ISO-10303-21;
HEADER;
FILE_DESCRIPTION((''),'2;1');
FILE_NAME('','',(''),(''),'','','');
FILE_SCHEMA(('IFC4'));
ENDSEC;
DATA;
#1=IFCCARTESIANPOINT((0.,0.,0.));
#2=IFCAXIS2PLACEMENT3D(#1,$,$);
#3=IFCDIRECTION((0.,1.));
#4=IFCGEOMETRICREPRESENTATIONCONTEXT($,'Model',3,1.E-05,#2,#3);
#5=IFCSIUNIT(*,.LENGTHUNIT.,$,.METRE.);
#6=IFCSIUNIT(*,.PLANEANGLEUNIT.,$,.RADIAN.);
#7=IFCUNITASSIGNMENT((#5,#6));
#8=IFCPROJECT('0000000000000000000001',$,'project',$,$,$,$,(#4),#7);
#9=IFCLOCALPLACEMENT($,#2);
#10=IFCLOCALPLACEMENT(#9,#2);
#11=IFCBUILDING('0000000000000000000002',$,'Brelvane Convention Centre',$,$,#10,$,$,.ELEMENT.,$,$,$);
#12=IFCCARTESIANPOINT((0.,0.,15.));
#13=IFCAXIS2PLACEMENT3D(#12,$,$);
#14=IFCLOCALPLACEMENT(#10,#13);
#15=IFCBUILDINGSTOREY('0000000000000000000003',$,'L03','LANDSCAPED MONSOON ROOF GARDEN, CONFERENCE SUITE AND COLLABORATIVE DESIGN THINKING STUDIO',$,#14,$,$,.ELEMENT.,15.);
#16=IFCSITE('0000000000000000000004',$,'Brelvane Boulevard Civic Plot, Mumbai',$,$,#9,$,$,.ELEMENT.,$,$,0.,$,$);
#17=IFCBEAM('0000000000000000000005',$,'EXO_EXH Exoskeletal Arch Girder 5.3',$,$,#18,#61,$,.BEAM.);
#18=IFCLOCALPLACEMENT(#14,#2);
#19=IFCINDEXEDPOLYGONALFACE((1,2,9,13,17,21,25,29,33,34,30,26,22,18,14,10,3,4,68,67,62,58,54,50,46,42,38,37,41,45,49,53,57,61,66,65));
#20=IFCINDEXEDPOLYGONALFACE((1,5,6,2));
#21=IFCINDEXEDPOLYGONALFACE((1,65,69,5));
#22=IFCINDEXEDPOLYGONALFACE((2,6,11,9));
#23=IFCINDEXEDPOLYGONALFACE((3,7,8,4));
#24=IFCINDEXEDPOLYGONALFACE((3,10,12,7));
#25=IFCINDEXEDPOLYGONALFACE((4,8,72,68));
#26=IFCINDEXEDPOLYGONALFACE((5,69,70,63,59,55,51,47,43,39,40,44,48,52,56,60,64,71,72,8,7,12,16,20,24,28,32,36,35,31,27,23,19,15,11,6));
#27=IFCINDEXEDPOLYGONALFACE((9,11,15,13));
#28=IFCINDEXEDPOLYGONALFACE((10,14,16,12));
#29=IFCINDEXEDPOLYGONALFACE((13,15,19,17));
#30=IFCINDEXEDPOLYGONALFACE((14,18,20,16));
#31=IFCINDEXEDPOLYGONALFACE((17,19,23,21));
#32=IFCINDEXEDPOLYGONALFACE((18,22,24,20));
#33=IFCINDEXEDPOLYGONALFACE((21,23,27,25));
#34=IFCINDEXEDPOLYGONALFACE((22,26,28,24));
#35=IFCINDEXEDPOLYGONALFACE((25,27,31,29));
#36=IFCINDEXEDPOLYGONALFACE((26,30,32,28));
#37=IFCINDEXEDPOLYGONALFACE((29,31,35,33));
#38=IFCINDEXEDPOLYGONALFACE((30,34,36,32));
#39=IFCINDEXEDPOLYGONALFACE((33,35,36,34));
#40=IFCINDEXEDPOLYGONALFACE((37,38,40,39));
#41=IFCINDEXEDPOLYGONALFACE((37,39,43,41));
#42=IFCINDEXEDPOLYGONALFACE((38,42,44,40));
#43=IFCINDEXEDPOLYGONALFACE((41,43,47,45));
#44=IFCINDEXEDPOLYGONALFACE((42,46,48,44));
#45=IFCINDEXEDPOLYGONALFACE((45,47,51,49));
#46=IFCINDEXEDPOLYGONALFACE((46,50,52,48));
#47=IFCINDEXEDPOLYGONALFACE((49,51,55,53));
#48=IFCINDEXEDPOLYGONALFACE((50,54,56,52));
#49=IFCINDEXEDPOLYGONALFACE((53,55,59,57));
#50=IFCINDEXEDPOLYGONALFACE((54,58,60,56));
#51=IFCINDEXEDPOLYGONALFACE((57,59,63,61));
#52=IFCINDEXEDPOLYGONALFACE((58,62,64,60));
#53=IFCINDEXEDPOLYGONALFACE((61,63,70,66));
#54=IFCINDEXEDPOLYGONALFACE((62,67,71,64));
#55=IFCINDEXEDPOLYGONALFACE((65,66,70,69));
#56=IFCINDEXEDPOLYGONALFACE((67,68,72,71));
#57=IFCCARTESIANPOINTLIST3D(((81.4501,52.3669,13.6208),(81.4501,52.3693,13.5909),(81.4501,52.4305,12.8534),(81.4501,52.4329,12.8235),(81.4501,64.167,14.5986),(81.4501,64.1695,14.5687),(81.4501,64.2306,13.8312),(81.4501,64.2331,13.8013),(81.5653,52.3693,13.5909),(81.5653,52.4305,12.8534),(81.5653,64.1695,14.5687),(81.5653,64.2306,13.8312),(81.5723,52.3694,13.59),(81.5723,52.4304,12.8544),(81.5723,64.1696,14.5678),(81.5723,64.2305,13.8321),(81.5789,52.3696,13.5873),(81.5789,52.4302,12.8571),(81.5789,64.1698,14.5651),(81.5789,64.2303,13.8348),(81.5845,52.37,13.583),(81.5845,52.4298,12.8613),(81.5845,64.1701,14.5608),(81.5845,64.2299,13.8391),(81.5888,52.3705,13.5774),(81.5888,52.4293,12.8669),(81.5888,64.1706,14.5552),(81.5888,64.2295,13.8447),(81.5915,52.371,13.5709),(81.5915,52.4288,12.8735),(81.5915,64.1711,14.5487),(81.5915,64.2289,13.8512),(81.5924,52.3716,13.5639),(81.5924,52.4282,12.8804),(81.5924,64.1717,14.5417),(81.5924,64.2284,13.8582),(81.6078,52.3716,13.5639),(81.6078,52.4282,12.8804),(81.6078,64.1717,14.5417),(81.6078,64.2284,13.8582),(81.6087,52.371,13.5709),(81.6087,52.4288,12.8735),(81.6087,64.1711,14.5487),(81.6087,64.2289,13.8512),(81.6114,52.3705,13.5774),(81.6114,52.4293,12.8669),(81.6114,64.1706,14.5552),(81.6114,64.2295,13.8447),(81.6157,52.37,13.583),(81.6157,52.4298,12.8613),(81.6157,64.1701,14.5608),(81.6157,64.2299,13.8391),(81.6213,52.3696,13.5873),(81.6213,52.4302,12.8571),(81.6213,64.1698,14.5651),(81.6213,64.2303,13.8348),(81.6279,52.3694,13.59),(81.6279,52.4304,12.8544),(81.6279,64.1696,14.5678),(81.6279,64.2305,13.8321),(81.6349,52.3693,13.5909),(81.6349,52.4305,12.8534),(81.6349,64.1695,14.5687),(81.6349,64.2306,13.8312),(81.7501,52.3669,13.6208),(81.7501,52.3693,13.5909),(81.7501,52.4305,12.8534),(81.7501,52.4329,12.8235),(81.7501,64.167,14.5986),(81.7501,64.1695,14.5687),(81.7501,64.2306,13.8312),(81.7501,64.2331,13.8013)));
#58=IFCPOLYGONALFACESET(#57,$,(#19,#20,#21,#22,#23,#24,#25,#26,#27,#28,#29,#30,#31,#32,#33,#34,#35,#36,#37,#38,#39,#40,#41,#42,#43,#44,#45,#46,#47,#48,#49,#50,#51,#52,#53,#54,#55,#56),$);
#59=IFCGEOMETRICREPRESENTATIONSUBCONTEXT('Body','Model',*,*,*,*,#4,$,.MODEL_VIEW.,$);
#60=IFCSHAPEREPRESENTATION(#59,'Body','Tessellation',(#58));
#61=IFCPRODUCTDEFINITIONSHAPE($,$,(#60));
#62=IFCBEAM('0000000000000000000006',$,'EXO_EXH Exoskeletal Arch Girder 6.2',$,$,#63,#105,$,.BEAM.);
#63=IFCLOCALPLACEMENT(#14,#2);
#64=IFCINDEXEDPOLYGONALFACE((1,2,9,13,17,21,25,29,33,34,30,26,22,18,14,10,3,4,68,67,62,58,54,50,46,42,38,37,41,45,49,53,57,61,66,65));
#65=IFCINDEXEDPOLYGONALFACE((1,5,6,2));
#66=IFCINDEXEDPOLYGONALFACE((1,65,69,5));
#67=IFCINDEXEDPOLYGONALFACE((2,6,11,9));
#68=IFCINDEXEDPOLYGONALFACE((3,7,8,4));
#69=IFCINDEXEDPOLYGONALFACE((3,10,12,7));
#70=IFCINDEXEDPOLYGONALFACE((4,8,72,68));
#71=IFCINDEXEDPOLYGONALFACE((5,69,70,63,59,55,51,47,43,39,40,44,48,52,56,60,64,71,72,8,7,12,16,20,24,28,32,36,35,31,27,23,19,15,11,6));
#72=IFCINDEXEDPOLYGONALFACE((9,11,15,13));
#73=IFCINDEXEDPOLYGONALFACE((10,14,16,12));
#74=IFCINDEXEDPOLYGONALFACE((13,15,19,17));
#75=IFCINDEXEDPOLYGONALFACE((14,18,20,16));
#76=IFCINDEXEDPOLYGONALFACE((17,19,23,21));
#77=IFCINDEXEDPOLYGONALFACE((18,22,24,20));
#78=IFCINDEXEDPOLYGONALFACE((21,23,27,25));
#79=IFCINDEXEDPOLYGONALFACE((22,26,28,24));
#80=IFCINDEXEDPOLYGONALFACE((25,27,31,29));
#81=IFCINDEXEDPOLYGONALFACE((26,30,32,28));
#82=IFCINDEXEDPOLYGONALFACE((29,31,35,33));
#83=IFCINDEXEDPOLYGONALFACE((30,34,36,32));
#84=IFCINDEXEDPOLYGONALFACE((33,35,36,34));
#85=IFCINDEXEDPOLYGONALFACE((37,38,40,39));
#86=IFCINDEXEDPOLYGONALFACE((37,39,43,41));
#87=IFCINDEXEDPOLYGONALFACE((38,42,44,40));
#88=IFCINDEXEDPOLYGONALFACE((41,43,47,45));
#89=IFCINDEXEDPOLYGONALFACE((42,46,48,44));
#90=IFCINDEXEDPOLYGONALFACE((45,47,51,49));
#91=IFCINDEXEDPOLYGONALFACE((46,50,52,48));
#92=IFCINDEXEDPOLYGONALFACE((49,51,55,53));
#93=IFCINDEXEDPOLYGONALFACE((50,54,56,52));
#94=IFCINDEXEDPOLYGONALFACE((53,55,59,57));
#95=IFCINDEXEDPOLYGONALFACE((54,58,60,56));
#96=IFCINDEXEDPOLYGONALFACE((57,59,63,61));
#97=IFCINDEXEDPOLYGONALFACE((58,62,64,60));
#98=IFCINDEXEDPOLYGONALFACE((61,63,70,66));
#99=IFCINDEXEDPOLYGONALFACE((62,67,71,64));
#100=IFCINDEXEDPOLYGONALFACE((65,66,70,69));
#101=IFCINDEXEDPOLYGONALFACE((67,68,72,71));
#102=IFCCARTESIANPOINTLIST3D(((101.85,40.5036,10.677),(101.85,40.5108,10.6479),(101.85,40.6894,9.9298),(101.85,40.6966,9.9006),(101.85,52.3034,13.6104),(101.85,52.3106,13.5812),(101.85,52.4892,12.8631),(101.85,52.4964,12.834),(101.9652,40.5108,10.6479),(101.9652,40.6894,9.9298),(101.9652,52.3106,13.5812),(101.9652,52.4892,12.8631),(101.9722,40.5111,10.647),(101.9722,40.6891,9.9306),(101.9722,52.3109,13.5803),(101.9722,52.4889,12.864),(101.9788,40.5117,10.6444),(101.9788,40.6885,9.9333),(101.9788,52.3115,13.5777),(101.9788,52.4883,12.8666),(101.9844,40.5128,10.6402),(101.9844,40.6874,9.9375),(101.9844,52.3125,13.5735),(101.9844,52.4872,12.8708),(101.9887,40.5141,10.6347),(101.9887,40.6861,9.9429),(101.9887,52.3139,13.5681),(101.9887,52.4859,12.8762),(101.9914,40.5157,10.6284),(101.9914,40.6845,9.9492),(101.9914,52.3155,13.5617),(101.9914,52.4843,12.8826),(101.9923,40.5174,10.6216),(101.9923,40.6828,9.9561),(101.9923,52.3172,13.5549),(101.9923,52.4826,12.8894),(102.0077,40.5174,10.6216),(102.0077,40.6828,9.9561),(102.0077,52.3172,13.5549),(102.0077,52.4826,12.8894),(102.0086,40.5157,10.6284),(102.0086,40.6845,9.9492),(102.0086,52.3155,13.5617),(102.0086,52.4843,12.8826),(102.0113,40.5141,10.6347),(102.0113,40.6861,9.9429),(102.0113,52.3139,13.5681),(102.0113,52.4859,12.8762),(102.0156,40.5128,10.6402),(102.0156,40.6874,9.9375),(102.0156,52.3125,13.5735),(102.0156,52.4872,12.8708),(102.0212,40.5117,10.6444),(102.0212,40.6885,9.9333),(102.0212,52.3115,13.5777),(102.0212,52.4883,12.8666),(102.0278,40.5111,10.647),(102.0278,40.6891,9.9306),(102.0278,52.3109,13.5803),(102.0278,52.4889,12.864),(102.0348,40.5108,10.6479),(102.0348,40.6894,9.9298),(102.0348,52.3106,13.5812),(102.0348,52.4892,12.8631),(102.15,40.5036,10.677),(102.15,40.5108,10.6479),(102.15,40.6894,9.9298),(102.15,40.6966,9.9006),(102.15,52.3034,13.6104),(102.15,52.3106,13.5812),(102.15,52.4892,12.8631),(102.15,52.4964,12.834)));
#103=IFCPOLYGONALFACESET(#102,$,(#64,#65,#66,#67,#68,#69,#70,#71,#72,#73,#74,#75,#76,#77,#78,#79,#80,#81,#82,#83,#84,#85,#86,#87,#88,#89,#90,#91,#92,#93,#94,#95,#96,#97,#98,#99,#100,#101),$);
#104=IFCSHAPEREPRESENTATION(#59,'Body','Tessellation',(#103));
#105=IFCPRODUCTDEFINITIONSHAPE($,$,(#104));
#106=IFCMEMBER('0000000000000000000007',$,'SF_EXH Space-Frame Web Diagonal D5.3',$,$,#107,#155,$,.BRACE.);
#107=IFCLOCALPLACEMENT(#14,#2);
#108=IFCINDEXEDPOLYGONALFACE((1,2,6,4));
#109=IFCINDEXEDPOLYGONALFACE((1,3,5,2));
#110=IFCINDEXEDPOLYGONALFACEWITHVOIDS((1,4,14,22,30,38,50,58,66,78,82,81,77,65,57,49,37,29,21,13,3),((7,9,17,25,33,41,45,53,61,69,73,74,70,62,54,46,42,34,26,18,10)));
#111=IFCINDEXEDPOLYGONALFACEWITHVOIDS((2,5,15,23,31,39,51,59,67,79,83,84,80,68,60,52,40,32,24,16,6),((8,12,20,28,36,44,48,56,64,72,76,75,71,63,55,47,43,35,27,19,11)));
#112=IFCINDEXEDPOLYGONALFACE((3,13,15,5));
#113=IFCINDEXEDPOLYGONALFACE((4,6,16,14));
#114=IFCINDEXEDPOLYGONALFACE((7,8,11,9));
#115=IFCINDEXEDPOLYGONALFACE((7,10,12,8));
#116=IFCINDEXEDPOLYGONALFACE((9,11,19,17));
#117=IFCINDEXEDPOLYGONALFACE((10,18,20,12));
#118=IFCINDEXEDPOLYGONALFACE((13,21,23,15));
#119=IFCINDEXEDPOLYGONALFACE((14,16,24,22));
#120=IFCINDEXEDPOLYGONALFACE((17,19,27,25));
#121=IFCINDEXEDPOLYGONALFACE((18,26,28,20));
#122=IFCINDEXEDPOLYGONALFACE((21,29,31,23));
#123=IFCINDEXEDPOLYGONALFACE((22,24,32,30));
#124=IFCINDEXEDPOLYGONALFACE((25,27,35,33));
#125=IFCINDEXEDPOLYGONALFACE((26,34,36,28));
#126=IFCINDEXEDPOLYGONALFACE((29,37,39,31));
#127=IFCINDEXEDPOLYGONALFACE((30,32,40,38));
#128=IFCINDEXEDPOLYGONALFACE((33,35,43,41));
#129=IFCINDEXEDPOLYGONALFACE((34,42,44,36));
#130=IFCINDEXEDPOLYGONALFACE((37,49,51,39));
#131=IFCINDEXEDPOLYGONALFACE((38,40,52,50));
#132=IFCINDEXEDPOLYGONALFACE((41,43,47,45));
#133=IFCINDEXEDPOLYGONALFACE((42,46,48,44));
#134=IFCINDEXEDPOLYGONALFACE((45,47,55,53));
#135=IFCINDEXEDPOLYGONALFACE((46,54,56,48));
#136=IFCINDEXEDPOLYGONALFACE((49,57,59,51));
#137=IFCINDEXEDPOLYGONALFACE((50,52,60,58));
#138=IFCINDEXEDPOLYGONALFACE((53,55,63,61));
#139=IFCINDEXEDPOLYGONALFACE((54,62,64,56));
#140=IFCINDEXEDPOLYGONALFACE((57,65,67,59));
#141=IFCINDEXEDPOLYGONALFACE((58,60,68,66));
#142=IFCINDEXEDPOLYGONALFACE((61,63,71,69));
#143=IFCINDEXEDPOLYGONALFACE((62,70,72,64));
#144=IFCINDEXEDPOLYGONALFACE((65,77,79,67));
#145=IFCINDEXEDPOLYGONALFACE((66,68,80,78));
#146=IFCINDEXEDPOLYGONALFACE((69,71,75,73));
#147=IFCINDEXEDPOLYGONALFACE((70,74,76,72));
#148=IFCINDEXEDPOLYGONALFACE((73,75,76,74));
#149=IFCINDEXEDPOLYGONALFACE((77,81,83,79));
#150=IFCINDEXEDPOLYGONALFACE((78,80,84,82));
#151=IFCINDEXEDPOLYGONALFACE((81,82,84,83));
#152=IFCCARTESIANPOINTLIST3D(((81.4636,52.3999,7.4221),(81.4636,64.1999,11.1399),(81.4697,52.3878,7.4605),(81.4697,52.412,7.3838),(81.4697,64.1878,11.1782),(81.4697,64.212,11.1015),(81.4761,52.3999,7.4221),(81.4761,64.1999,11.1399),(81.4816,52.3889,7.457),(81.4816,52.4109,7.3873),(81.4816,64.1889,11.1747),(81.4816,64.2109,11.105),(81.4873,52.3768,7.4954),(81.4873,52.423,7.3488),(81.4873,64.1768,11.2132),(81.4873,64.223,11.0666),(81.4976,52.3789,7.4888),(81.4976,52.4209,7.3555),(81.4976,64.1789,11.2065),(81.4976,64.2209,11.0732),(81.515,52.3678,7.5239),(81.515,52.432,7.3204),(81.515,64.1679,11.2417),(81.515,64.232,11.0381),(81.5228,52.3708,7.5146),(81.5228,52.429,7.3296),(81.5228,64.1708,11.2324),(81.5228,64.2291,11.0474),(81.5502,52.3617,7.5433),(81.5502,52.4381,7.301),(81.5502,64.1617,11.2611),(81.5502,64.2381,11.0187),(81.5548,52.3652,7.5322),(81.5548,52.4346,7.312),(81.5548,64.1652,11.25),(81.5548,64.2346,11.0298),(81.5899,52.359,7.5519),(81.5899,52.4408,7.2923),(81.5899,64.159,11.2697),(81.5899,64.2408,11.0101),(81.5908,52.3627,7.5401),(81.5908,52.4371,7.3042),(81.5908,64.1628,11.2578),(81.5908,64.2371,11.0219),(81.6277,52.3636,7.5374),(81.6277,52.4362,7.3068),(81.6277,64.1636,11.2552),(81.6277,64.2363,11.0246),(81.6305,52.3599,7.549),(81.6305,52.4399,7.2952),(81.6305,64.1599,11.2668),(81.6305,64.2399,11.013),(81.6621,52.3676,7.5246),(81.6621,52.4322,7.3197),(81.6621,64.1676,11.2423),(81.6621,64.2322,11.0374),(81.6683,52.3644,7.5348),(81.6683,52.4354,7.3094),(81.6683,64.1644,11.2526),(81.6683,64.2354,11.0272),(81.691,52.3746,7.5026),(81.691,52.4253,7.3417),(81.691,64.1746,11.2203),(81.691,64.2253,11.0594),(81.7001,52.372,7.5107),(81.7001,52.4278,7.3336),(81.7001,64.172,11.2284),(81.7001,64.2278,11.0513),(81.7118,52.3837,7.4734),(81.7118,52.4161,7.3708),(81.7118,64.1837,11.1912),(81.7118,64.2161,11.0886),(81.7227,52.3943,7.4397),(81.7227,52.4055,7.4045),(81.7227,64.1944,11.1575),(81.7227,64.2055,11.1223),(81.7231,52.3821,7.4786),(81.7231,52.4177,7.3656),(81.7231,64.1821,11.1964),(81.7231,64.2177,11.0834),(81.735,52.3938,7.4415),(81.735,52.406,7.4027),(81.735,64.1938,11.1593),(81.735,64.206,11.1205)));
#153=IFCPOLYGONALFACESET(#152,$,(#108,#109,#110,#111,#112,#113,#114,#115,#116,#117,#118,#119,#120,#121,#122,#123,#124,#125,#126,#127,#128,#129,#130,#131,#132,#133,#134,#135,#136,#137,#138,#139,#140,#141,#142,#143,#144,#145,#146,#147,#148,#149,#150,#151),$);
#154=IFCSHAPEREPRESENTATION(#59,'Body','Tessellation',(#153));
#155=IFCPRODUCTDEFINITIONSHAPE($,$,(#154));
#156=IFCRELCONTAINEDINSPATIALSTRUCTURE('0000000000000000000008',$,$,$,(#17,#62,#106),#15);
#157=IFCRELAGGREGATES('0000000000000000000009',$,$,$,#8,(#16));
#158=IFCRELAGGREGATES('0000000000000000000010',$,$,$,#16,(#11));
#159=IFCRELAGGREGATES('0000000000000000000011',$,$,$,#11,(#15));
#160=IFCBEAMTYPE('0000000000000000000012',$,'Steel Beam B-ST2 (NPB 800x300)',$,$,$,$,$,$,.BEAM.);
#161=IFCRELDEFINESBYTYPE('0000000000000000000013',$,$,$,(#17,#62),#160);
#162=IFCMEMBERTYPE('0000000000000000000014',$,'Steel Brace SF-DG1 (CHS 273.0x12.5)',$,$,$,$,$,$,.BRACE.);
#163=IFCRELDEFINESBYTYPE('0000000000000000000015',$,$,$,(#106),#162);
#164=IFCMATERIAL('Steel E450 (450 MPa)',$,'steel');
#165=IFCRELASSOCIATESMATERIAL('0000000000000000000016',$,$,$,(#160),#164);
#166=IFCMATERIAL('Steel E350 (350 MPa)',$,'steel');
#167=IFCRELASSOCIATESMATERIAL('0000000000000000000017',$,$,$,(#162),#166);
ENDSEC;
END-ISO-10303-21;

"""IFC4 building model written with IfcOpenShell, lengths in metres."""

from ifc_helpers import new_model, si_unit, direction, frame, origin, origin_2d, place, context, subcontext, project, spatial, hollow_circle, i_section, extrude, material, material_profile, profile_set, type_object, element, save


model = new_model("IFC4")

# Units and contexts
model_context = context("Model", 3, precision=1e-05, world=origin(), true_north=direction((0.0, 1.0)))
body_context = subcontext(model_context, "Body", "Model", "MODEL_VIEW")
ifc_project = project(units=[si_unit("LENGTHUNIT", "METRE"), si_unit("PLANEANGLEUNIT", "RADIAN")], contexts=[model_context])

# Site, building, storey
site_placement = place(None, origin())
site = spatial("IfcSite", under=ifc_project, at=site_placement, Name="Brelvane Boulevard Civic Plot, Mumbai", CompositionType="ELEMENT", RefElevation=0.0)
building_placement = place(site_placement, origin())
building = spatial("IfcBuilding", under=site, at=building_placement, Name="Brelvane Convention Centre", CompositionType="ELEMENT")
storey_placement = place(building_placement, frame((0.0, 0.0, 15.0)))
storey = spatial("IfcBuildingStorey", under=building, at=storey_placement, Name="L03", Description="LANDSCAPED MONSOON ROOF GARDEN, CONFERENCE SUITE AND COLLABORATIVE DESIGN THINKING STUDIO", CompositionType="ELEMENT", Elevation=15.0)

# Beams
ifc_material_1 = material(Name="Steel E450 (450 MPa)", Category="steel")
ifc_material_profile_1 = material_profile(ifc_material_1, i_section(OverallWidth=0.3, OverallDepth=0.8, WebThickness=0.0154, FlangeThickness=0.03, FilletRadius=0.0271, at=origin_2d()), Name="NPB 800x300")
ifc_profile_set_1 = profile_set([ifc_material_profile_1], Name="Steel E450 (450 MPa)")
beam_type = type_object("IfcBeamType", Name="Steel Beam B-ST2 (NPB 800x300)", PredefinedType="BEAM", material=ifc_profile_set_1)
beam_1_placement = place(storey_placement, frame((81.6001, 52.3999, 13.2222), z_axis=(0.0, 0.996584, 0.08258), x_axis=(-1.0, 0.0, 0.0)))
element("IfcBeam", 1, at=beam_1_placement, inside=storey, type_object=beam_type, Name="EXO_EXH Exoskeletal Arch Girder 5.3", PredefinedType="BEAM", context=body_context, shape_type="SweptSolid", body=[
    extrude(i_section(OverallWidth=0.3, OverallDepth=0.8, WebThickness=0.0154, FlangeThickness=0.03, FilletRadius=0.0271, at=origin_2d()), origin(), (0.0, 0.0, 1.0), 11.8406),
])
beam_2_placement = place(storey_placement, frame((102.0, 40.6001, 10.2888), z_axis=(0.0, 0.970463, 0.24125), x_axis=(-1.0, 0.0, 0.0)))
element("IfcBeam", 2, at=beam_2_placement, inside=storey, type_object=beam_type, Name="EXO_EXH Exoskeletal Arch Girder 6.2", PredefinedType="BEAM", context=body_context, shape_type="SweptSolid", body=[
    extrude(i_section(OverallWidth=0.3, OverallDepth=0.8, WebThickness=0.0154, FlangeThickness=0.03, FilletRadius=0.0271, at=origin_2d()), origin(), (0.0, 0.0, 1.0), 12.1589),
])

# Member
ifc_material_2 = material(Name="Steel E350 (350 MPa)", Category="steel")
ifc_material_profile_2 = material_profile(ifc_material_2, hollow_circle(Radius=0.1365, WallThickness=0.0125, at=origin_2d()), Name="CHS 273.0x12.5")
ifc_profile_set_2 = profile_set([ifc_material_profile_2], Name="Steel E350 (350 MPa)")
member_type_1 = type_object("IfcMemberType", Name="Steel Brace SF-DG1 (CHS 273.0x12.5)", PredefinedType="BRACE", material=ifc_profile_set_2)
member_1_placement = place(storey_placement, frame((81.6001, 52.3999, 7.4221), z_axis=(0.0, 0.953781, 0.300502), x_axis=(-1.0, 0.0, 0.0)))
element("IfcMember", 3, at=member_1_placement, inside=storey, type_object=member_type_1, Name="SF_EXH Space-Frame Web Diagonal D5.3", PredefinedType="BRACE", context=body_context, shape_type="SweptSolid", body=[
    extrude(hollow_circle(Radius=0.1365, WallThickness=0.0125, at=origin_2d()), origin(), (0.0, 0.0, 1.0), 12.3718),
])

save(model, "model.ifc")
